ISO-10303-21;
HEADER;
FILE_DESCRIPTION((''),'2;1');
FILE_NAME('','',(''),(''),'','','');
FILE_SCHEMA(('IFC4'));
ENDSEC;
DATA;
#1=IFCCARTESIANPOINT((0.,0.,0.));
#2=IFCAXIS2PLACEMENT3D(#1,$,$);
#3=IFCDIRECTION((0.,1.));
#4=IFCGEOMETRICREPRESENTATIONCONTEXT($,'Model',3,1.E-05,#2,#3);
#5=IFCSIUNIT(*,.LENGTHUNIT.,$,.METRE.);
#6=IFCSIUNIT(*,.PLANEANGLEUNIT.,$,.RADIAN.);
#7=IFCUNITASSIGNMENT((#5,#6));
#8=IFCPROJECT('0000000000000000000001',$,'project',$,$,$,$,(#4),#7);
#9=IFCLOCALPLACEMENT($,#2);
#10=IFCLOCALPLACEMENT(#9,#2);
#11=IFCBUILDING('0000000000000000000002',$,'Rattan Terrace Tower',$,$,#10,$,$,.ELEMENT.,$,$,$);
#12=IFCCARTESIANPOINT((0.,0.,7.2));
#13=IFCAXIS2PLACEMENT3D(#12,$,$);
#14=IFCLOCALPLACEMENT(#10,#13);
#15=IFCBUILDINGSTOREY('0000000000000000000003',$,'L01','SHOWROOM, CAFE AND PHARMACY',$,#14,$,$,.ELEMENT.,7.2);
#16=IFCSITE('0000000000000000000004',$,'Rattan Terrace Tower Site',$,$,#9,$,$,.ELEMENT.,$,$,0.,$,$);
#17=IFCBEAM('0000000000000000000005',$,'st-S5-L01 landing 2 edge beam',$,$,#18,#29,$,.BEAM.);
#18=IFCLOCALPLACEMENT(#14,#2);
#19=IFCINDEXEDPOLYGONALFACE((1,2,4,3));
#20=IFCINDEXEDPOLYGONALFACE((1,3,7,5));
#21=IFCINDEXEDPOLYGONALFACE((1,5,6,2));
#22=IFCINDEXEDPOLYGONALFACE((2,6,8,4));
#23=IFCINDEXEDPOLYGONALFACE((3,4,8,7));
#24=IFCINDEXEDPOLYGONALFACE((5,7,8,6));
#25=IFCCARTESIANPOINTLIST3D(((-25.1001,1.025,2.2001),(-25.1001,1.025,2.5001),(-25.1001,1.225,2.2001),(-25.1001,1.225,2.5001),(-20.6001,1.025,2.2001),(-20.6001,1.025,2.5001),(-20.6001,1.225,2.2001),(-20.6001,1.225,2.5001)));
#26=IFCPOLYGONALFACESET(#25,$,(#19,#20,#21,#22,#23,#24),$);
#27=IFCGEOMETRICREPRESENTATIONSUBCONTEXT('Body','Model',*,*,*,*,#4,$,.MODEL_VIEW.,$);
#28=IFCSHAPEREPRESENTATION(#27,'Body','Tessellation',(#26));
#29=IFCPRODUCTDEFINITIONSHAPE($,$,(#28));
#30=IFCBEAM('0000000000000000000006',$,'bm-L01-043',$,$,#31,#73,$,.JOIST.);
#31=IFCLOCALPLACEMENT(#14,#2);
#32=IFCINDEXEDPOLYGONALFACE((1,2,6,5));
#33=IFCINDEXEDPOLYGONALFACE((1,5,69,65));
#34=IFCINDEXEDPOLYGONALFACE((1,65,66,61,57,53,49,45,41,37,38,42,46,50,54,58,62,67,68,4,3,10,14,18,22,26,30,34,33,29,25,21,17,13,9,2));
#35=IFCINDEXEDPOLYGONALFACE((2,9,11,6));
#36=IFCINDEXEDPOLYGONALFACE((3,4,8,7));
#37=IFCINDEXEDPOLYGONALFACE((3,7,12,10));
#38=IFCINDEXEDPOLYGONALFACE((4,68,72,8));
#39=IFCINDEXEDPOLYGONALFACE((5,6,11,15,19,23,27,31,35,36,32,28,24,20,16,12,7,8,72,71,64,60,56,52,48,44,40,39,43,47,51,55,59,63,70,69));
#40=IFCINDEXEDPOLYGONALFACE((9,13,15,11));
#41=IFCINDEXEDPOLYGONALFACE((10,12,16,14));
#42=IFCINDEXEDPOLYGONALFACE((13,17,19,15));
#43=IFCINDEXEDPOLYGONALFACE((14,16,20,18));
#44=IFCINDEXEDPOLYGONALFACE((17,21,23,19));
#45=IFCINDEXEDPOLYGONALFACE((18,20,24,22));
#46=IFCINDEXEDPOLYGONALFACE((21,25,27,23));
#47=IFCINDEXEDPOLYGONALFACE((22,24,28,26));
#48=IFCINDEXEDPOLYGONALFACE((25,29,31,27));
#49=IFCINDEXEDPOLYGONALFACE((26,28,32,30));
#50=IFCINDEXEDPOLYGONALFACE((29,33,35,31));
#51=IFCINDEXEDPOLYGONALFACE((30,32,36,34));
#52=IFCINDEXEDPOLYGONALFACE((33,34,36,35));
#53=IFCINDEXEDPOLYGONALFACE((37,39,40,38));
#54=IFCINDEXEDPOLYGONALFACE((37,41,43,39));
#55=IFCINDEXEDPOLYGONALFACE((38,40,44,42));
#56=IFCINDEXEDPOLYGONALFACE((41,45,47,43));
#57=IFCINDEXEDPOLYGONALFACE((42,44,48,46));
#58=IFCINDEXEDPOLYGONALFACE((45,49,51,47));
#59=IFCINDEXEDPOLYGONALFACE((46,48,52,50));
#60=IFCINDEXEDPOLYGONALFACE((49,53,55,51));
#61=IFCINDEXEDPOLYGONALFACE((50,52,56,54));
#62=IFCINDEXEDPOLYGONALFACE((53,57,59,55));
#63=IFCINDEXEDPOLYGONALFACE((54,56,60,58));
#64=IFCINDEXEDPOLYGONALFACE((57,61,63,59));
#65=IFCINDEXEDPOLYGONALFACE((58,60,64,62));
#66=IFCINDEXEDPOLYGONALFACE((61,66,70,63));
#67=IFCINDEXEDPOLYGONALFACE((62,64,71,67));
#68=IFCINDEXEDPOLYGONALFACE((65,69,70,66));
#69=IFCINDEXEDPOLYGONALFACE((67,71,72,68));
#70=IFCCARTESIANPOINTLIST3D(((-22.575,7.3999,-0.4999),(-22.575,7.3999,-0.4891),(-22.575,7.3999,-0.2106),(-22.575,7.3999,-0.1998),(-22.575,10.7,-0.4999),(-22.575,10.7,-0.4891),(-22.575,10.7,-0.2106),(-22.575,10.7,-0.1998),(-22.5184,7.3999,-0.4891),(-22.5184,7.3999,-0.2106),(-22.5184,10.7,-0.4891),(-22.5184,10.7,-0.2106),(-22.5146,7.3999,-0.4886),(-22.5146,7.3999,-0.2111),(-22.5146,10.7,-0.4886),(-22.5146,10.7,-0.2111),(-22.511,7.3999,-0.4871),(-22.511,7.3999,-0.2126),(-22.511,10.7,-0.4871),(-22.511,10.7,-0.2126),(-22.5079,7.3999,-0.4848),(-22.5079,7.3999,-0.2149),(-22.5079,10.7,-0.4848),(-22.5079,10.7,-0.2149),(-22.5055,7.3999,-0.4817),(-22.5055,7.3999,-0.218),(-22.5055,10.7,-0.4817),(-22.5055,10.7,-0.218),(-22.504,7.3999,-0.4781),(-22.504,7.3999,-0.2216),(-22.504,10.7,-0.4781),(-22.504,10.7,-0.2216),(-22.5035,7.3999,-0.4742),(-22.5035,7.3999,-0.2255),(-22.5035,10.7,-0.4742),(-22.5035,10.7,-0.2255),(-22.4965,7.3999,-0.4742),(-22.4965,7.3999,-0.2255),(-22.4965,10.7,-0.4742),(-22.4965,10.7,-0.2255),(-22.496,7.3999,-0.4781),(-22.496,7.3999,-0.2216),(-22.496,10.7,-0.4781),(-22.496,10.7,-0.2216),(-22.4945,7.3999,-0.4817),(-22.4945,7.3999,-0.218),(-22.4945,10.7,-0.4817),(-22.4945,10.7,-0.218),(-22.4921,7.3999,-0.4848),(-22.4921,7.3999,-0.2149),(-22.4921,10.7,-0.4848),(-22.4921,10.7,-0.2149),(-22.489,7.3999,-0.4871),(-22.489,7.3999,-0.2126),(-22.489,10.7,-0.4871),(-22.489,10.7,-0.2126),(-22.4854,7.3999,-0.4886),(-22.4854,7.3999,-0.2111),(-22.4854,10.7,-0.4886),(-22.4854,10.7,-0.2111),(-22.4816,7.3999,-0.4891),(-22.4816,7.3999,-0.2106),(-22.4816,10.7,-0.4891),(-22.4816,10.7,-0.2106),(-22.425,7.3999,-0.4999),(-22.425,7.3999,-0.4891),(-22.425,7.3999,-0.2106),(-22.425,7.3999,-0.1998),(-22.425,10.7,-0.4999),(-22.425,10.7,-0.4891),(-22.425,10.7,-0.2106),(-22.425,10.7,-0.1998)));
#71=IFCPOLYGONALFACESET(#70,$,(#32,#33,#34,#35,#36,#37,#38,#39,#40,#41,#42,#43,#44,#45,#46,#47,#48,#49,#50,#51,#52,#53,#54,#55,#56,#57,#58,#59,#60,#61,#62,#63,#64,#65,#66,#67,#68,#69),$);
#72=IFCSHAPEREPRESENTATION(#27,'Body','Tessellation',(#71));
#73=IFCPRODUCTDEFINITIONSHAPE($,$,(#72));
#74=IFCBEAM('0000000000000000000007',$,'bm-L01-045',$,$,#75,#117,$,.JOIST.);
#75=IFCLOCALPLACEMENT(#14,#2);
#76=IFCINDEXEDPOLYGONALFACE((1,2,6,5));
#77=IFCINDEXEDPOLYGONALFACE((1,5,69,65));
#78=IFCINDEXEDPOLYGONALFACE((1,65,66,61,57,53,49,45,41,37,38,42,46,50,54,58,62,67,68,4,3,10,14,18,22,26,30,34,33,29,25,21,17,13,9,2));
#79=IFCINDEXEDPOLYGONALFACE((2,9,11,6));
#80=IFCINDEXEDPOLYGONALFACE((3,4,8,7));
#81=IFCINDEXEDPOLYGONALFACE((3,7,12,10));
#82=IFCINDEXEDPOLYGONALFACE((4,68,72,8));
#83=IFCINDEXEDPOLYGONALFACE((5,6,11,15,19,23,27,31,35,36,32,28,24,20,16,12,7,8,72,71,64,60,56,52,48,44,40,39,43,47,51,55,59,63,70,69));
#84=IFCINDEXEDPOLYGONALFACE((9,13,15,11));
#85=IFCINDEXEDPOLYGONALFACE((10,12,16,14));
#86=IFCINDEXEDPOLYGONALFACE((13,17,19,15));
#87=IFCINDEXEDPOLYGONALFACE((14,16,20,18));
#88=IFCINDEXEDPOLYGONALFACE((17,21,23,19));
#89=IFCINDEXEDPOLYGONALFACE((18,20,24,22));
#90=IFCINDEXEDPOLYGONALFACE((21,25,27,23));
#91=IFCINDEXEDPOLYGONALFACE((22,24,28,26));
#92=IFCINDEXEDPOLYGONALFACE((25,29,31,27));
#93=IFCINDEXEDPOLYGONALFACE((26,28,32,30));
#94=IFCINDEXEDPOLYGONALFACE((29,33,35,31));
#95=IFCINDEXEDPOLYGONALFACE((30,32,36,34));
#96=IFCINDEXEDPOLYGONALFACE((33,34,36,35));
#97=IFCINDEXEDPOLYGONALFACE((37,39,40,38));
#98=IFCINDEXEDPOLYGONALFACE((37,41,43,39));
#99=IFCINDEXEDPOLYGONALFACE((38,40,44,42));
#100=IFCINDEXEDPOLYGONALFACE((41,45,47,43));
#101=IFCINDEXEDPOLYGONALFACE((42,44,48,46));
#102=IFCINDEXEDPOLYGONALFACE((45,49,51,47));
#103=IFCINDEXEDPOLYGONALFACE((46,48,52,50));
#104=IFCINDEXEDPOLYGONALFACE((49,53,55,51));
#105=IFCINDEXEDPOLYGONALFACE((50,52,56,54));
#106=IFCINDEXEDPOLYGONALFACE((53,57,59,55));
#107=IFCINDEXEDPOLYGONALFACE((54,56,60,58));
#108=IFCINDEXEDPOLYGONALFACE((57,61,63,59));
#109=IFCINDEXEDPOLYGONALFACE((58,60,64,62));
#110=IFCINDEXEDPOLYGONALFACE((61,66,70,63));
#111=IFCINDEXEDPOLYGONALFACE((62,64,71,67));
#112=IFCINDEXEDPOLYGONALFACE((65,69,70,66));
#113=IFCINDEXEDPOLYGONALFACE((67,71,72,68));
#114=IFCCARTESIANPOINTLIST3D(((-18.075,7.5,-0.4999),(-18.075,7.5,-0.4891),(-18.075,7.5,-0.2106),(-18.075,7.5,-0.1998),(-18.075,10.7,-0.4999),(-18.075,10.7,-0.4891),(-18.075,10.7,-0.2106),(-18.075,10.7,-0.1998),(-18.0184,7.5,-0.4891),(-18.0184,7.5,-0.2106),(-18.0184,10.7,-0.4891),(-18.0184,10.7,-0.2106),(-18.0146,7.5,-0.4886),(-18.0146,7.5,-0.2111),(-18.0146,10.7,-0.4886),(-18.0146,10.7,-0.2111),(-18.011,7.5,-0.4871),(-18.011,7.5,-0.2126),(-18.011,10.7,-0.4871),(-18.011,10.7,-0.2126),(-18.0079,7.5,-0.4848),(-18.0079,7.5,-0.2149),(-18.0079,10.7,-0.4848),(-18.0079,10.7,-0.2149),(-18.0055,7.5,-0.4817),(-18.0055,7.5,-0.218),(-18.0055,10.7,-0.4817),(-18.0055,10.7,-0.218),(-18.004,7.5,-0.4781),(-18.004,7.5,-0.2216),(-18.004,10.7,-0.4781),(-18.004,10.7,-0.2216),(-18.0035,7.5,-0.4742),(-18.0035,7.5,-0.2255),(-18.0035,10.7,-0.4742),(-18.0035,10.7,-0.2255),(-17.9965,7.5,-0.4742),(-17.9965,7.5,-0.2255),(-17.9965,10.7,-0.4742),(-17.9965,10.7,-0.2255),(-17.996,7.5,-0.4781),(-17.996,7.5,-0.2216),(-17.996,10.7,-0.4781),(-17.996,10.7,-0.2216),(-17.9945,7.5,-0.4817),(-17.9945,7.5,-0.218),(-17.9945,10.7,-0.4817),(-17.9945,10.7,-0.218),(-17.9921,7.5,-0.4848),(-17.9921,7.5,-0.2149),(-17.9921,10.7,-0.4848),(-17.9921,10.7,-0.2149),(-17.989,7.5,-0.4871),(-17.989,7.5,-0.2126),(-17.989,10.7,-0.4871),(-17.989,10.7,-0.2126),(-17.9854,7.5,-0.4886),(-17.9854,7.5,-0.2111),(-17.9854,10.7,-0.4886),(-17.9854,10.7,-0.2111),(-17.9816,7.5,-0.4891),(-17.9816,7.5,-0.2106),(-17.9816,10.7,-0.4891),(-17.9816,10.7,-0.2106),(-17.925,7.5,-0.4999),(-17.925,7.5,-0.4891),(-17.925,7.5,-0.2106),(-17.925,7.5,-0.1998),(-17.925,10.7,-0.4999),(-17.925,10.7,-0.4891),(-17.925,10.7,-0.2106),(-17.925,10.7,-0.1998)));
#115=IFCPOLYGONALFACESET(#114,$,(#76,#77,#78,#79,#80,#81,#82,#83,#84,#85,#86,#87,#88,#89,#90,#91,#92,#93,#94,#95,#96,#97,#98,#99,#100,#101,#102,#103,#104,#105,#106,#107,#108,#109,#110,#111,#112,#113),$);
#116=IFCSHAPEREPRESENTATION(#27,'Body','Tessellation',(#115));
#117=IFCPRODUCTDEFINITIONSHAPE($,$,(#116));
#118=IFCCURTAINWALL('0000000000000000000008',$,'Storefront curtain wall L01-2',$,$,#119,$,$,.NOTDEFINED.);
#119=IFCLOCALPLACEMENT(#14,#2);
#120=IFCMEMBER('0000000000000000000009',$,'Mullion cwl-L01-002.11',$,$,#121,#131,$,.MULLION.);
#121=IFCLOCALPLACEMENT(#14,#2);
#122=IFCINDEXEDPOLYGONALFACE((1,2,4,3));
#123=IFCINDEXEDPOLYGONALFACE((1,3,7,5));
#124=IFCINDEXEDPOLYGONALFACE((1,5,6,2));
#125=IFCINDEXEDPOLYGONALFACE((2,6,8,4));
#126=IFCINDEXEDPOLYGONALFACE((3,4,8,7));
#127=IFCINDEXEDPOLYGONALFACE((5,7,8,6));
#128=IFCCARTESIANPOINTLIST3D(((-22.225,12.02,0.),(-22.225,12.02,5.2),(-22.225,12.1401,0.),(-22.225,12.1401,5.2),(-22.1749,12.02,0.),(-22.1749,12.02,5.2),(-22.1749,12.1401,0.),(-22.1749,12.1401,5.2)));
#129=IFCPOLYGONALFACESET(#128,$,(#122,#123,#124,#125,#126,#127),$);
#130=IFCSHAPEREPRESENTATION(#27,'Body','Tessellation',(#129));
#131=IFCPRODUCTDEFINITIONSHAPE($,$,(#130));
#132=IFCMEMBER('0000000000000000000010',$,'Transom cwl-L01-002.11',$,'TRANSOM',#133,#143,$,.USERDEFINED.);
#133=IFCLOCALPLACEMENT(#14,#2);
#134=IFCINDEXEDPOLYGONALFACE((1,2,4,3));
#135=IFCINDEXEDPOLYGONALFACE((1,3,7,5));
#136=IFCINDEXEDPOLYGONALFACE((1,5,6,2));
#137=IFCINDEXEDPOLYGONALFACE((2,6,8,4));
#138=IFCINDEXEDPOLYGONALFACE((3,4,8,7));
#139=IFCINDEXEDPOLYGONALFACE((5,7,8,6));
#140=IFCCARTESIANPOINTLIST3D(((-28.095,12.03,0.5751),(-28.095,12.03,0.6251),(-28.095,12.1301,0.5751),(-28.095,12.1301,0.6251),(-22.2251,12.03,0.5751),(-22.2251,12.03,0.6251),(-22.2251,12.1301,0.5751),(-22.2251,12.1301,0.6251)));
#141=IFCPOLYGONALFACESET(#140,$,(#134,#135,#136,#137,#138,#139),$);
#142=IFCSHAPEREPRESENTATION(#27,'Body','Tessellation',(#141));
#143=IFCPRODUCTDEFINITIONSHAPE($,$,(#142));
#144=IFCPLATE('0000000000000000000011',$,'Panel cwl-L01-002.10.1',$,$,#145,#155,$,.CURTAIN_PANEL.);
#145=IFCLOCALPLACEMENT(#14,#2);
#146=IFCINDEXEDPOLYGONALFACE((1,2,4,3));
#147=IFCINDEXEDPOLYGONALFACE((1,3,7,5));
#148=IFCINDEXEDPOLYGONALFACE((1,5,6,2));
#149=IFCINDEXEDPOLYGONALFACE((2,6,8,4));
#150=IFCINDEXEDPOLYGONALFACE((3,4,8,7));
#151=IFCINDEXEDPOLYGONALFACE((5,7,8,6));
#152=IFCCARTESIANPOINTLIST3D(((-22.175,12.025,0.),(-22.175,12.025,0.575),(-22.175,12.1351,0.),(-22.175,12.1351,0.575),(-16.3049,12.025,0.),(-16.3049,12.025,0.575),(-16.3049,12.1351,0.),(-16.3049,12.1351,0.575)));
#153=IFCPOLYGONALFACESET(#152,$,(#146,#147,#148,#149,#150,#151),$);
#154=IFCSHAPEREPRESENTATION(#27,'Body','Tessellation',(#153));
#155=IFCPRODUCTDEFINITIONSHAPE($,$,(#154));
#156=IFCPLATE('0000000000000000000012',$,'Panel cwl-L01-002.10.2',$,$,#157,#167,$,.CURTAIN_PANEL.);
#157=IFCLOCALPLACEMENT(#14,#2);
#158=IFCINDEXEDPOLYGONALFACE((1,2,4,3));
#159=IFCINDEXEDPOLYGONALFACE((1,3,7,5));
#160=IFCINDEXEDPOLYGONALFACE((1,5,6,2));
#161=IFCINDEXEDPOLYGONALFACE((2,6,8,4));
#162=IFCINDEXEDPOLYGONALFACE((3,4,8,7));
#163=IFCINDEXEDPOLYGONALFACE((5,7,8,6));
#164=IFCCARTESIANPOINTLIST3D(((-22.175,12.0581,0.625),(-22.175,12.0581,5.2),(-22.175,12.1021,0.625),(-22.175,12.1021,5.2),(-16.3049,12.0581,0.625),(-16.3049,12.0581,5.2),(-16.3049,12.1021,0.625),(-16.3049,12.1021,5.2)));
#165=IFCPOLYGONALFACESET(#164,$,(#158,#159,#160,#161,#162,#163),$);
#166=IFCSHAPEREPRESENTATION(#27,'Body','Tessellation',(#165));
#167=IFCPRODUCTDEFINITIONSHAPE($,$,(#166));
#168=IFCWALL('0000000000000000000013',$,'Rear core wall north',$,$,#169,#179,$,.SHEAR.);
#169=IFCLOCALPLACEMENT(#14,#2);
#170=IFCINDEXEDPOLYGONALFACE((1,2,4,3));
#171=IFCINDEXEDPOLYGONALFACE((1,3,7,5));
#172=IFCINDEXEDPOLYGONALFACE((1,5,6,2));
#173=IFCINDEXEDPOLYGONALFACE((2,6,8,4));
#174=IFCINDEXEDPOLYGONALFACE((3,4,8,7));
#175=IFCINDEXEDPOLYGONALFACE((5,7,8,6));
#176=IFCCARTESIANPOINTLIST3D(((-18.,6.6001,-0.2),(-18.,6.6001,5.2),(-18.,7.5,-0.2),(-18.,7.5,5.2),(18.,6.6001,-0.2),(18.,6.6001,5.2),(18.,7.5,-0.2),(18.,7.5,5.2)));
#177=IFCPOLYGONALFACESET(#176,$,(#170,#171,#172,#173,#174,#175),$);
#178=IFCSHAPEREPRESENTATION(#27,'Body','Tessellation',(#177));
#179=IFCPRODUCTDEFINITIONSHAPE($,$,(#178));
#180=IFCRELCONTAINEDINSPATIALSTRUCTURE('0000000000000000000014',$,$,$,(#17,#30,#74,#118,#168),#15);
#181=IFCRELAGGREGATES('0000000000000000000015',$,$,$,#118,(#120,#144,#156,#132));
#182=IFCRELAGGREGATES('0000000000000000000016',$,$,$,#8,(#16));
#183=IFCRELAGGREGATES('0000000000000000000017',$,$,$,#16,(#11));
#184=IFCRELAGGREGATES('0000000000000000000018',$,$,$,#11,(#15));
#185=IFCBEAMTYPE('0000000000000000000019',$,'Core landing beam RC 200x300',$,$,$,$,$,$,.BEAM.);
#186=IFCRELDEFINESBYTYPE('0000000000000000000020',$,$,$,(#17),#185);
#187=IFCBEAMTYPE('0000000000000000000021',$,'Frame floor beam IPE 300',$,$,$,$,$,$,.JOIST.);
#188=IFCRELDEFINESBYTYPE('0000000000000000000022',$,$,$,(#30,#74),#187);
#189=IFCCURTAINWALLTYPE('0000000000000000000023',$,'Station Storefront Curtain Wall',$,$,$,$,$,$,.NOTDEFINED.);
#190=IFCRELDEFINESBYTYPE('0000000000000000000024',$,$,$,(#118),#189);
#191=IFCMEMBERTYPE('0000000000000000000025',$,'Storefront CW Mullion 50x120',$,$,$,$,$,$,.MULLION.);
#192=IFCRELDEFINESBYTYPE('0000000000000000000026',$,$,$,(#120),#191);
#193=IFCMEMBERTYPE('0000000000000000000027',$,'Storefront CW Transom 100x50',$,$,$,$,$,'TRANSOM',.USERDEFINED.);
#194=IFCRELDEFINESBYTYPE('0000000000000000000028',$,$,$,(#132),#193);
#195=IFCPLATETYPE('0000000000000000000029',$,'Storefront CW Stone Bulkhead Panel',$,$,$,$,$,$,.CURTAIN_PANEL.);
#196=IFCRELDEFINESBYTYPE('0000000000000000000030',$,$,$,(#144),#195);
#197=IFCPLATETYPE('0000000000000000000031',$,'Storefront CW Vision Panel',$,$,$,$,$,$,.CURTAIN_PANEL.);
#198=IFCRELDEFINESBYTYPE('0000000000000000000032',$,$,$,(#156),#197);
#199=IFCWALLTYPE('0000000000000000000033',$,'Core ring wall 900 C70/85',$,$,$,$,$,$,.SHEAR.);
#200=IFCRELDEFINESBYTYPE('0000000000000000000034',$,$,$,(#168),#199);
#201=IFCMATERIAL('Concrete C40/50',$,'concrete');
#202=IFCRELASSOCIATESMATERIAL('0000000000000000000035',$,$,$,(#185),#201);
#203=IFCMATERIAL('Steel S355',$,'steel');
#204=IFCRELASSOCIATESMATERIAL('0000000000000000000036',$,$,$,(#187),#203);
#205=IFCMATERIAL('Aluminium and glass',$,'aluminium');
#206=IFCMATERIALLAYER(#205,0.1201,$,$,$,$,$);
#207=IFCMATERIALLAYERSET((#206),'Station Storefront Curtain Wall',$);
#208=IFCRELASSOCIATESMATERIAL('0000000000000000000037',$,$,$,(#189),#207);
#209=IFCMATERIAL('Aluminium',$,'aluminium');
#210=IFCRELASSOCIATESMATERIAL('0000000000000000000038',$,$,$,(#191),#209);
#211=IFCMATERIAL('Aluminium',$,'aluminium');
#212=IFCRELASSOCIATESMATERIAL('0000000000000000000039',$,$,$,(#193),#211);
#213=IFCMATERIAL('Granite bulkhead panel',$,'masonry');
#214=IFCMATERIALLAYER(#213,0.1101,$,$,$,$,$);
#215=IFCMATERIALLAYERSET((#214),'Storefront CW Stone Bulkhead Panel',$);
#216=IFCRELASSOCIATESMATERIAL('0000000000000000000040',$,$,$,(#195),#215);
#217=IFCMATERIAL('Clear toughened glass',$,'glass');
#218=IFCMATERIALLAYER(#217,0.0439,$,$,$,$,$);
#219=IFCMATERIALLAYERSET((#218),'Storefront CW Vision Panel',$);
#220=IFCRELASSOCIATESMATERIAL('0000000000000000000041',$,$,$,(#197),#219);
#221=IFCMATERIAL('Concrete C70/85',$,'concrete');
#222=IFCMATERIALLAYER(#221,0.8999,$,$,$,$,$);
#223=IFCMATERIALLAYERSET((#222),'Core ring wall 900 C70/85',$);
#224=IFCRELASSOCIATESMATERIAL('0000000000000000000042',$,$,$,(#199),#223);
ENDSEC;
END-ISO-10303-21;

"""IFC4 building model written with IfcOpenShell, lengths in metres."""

from ifc_helpers import new_model, si_unit, direction, frame, frame_2d, origin, origin_2d, place, context, subcontext, project, spatial, rectangle, i_section, extrude, material, layer, layer_set, material_profile, profile_set, type_object, element, aggregate, save


model = new_model("IFC4")

# Units and contexts
model_context = context("Model", 3, precision=1e-05, world=origin(), true_north=direction((0.0, 1.0)))
body_context = subcontext(model_context, "Body", "Model", "MODEL_VIEW")
ifc_project = project(units=[si_unit("LENGTHUNIT", "METRE"), si_unit("PLANEANGLEUNIT", "RADIAN")], contexts=[model_context])

# Site, building, storey
site_placement = place(None, origin())
site = spatial("IfcSite", under=ifc_project, at=site_placement, Name="Rattan Terrace Tower Site", CompositionType="ELEMENT", RefElevation=0.0)
building_placement = place(site_placement, origin())
building = spatial("IfcBuilding", under=site, at=building_placement, Name="Rattan Terrace Tower", CompositionType="ELEMENT")
storey_placement = place(building_placement, frame((0.0, 0.0, 7.2)))
storey = spatial("IfcBuildingStorey", under=building, at=storey_placement, Name="L01", Description="SHOWROOM, CAFE AND PHARMACY", CompositionType="ELEMENT", Elevation=7.2)

# Beams
ifc_material_1 = material(Name="Concrete C40/50", Category="concrete")
ifc_material_profile_1 = material_profile(ifc_material_1, rectangle(XDim=0.2, YDim=0.3, at=origin_2d()), Name="RC 200x300")
ifc_profile_set_1 = profile_set([ifc_material_profile_1], Name="Concrete C40/50")
beam_type_1 = type_object("IfcBeamType", Name="Core landing beam RC 200x300", PredefinedType="BEAM", material=ifc_profile_set_1)
beam_1_placement = place(storey_placement, frame((-25.1001, 1.125, 2.3501), z_axis=(1.0, 0.0, 0.0), x_axis=(0.0, 1.0, 0.0)))
element("IfcBeam", 1, at=beam_1_placement, inside=storey, type_object=beam_type_1, Name="st-S5-L01 landing 2 edge beam", PredefinedType="BEAM", context=body_context, shape_type="SweptSolid", body=[
    extrude(rectangle(XDim=0.2, YDim=0.3, at=origin_2d()), origin(), (0.0, 0.0, 1.0), 4.5),
])
ifc_material_2 = material(Name="Steel S355", Category="steel")
ifc_material_profile_2 = material_profile(ifc_material_2, i_section(OverallWidth=0.1499, OverallDepth=0.3, WebThickness=0.0071, FlangeThickness=0.0107, FilletRadius=0.0149, at=origin_2d()), Name="IPE 300")
ifc_profile_set_2 = profile_set([ifc_material_profile_2], Name="Steel S355")
beam_type_2 = type_object("IfcBeamType", Name="Frame floor beam IPE 300", PredefinedType="JOIST", material=ifc_profile_set_2)
beam_2_placement = place(storey_placement, frame((-22.5, 7.3999, -0.3499), z_axis=(0.0, 1.0, 0.0), x_axis=(-1.0, 0.0, 0.0)))
element("IfcBeam", 2, at=beam_2_placement, inside=storey, type_object=beam_type_2, Name="bm-L01-043", PredefinedType="JOIST", context=body_context, shape_type="SweptSolid", body=[
    extrude(i_section(OverallWidth=0.1499, OverallDepth=0.3, WebThickness=0.0071, FlangeThickness=0.0107, FilletRadius=0.0149, at=origin_2d()), origin(), (0.0, 0.0, 1.0), 3.3),
])
beam_3_placement = place(storey_placement, frame((-18.0, 7.5, -0.3499), z_axis=(0.0, 1.0, 0.0), x_axis=(-1.0, 0.0, 0.0)))
element("IfcBeam", 3, at=beam_3_placement, inside=storey, type_object=beam_type_2, Name="bm-L01-045", PredefinedType="JOIST", context=body_context, shape_type="SweptSolid", body=[
    extrude(i_section(OverallWidth=0.1499, OverallDepth=0.3, WebThickness=0.0071, FlangeThickness=0.0107, FilletRadius=0.0149, at=origin_2d()), origin(), (0.0, 0.0, 1.0), 3.2),
])

# Curtain wall, members, plates
ifc_material_3 = material(Name="Aluminium and glass", Category="aluminium")
ifc_layer_1 = layer(ifc_material_3, 0.1201)
ifc_layer_set_1 = layer_set([ifc_layer_1], Name="Station Storefront Curtain Wall")
curtain_wall_type = type_object("IfcCurtainWallType", Name="Station Storefront Curtain Wall", PredefinedType="NOTDEFINED", material=ifc_layer_set_1)
curtain_wall_placement = place(storey_placement, origin())
curtain_wall = element("IfcCurtainWall", 4, at=curtain_wall_placement, inside=storey, type_object=curtain_wall_type, Name="Storefront curtain wall L01-2", PredefinedType="NOTDEFINED")
ifc_material_4 = material(Name="Aluminium", Category="aluminium")
ifc_material_profile_3 = material_profile(ifc_material_4, rectangle(XDim=0.05, YDim=0.1201, at=origin_2d()), Name="Aluminium 50x120")
ifc_profile_set_3 = profile_set([ifc_material_profile_3], Name="Aluminium")
member_type_1 = type_object("IfcMemberType", Name="Storefront CW Mullion 50x120", PredefinedType="MULLION", material=ifc_profile_set_3)
member_1_placement = place(storey_placement, frame((-22.2, 12.0801, 0.0), z_axis=(0.0, 0.0, 1.0), x_axis=(-1.0, 0.0, 0.0)))
member_1 = element("IfcMember", 5, at=member_1_placement, type_object=member_type_1, Name="Mullion cwl-L01-002.11", PredefinedType="MULLION", context=body_context, shape_type="SweptSolid", body=[
    extrude(rectangle(XDim=0.05, YDim=0.1201, at=origin_2d()), origin(), (0.0, 0.0, 1.0), 5.2),
])
ifc_material_5 = material(Name="Aluminium", Category="aluminium")
ifc_material_profile_4 = material_profile(ifc_material_5, rectangle(XDim=0.1001, YDim=0.05, at=origin_2d()), Name="Aluminium 100x50")
ifc_profile_set_4 = profile_set([ifc_material_profile_4], Name="Aluminium")
member_type_2 = type_object("IfcMemberType", Name="Storefront CW Transom 100x50", ElementType="TRANSOM", PredefinedType="USERDEFINED", material=ifc_profile_set_4)
member_2_placement = place(storey_placement, frame((-22.2251, 12.0801, 0.6001), z_axis=(-1.0, 0.0, 0.0), x_axis=(0.0, -1.0, 0.0)))
member_2 = element("IfcMember", 6, at=member_2_placement, type_object=member_type_2, Name="Transom cwl-L01-002.11", ObjectType="TRANSOM", PredefinedType="USERDEFINED", context=body_context, shape_type="SweptSolid", body=[
    extrude(rectangle(XDim=0.1001, YDim=0.05, at=origin_2d()), origin(), (0.0, 0.0, 1.0), 5.8699),
])
ifc_material_6 = material(Name="Granite bulkhead panel", Category="masonry")
ifc_layer_2 = layer(ifc_material_6, 0.1101)
ifc_layer_set_2 = layer_set([ifc_layer_2], Name="Storefront CW Stone Bulkhead Panel")
plate_type_1 = type_object("IfcPlateType", Name="Storefront CW Stone Bulkhead Panel", PredefinedType="CURTAIN_PANEL", material=ifc_layer_set_2)
plate_1_placement = place(storey_placement, frame((-19.24, 12.0801, 0.0), z_axis=(0.0, 0.0, 1.0), x_axis=(-1.0, 0.0, 0.0)))
plate_1 = element("IfcPlate", 7, at=plate_1_placement, type_object=plate_type_1, Name="Panel cwl-L01-002.10.1", PredefinedType="CURTAIN_PANEL", context=body_context, shape_type="SweptSolid", body=[
    extrude(rectangle(XDim=5.8701, YDim=0.1101, at=origin_2d()), origin(), (0.0, 0.0, 1.0), 0.575),
])
ifc_material_7 = material(Name="Clear toughened glass", Category="glass")
ifc_layer_3 = layer(ifc_material_7, 0.0439)
ifc_layer_set_3 = layer_set([ifc_layer_3], Name="Storefront CW Vision Panel")
plate_type_2 = type_object("IfcPlateType", Name="Storefront CW Vision Panel", PredefinedType="CURTAIN_PANEL", material=ifc_layer_set_3)
plate_2_placement = place(storey_placement, frame((-19.24, 12.0801, 0.625), z_axis=(0.0, 0.0, 1.0), x_axis=(-1.0, 0.0, 0.0)))
plate_2 = element("IfcPlate", 8, at=plate_2_placement, type_object=plate_type_2, Name="Panel cwl-L01-002.10.2", PredefinedType="CURTAIN_PANEL", context=body_context, shape_type="SweptSolid", body=[
    extrude(rectangle(XDim=5.8701, YDim=0.0439, at=origin_2d()), origin(), (0.0, 0.0, 1.0), 4.575),
])
aggregate(curtain_wall, [member_1, plate_1, plate_2, member_2])

# Wall
ifc_material_8 = material(Name="Concrete C70/85", Category="concrete")
ifc_layer_4 = layer(ifc_material_8, 0.8999)
ifc_layer_set_4 = layer_set([ifc_layer_4], Name="Core ring wall 900 C70/85")
wall_type_1 = type_object("IfcWallType", Name="Core ring wall 900 C70/85", PredefinedType="SHEAR", material=ifc_layer_set_4)
wall_1_placement = place(storey_placement, frame((-18.0, 7.05, -0.2), z_axis=(0.0, 0.0, 1.0), x_axis=(1.0, 0.0, 0.0)))
element("IfcWall", 9, at=wall_1_placement, inside=storey, type_object=wall_type_1, Name="Rear core wall north", PredefinedType="SHEAR", context=body_context, shape_type="SweptSolid", body=[
    extrude(rectangle(XDim=36.0, YDim=0.8999, at=frame_2d((18.0, 0.0))), origin(), (0.0, 0.0, 1.0), 5.3999),
])

save(model, "model.ifc")
